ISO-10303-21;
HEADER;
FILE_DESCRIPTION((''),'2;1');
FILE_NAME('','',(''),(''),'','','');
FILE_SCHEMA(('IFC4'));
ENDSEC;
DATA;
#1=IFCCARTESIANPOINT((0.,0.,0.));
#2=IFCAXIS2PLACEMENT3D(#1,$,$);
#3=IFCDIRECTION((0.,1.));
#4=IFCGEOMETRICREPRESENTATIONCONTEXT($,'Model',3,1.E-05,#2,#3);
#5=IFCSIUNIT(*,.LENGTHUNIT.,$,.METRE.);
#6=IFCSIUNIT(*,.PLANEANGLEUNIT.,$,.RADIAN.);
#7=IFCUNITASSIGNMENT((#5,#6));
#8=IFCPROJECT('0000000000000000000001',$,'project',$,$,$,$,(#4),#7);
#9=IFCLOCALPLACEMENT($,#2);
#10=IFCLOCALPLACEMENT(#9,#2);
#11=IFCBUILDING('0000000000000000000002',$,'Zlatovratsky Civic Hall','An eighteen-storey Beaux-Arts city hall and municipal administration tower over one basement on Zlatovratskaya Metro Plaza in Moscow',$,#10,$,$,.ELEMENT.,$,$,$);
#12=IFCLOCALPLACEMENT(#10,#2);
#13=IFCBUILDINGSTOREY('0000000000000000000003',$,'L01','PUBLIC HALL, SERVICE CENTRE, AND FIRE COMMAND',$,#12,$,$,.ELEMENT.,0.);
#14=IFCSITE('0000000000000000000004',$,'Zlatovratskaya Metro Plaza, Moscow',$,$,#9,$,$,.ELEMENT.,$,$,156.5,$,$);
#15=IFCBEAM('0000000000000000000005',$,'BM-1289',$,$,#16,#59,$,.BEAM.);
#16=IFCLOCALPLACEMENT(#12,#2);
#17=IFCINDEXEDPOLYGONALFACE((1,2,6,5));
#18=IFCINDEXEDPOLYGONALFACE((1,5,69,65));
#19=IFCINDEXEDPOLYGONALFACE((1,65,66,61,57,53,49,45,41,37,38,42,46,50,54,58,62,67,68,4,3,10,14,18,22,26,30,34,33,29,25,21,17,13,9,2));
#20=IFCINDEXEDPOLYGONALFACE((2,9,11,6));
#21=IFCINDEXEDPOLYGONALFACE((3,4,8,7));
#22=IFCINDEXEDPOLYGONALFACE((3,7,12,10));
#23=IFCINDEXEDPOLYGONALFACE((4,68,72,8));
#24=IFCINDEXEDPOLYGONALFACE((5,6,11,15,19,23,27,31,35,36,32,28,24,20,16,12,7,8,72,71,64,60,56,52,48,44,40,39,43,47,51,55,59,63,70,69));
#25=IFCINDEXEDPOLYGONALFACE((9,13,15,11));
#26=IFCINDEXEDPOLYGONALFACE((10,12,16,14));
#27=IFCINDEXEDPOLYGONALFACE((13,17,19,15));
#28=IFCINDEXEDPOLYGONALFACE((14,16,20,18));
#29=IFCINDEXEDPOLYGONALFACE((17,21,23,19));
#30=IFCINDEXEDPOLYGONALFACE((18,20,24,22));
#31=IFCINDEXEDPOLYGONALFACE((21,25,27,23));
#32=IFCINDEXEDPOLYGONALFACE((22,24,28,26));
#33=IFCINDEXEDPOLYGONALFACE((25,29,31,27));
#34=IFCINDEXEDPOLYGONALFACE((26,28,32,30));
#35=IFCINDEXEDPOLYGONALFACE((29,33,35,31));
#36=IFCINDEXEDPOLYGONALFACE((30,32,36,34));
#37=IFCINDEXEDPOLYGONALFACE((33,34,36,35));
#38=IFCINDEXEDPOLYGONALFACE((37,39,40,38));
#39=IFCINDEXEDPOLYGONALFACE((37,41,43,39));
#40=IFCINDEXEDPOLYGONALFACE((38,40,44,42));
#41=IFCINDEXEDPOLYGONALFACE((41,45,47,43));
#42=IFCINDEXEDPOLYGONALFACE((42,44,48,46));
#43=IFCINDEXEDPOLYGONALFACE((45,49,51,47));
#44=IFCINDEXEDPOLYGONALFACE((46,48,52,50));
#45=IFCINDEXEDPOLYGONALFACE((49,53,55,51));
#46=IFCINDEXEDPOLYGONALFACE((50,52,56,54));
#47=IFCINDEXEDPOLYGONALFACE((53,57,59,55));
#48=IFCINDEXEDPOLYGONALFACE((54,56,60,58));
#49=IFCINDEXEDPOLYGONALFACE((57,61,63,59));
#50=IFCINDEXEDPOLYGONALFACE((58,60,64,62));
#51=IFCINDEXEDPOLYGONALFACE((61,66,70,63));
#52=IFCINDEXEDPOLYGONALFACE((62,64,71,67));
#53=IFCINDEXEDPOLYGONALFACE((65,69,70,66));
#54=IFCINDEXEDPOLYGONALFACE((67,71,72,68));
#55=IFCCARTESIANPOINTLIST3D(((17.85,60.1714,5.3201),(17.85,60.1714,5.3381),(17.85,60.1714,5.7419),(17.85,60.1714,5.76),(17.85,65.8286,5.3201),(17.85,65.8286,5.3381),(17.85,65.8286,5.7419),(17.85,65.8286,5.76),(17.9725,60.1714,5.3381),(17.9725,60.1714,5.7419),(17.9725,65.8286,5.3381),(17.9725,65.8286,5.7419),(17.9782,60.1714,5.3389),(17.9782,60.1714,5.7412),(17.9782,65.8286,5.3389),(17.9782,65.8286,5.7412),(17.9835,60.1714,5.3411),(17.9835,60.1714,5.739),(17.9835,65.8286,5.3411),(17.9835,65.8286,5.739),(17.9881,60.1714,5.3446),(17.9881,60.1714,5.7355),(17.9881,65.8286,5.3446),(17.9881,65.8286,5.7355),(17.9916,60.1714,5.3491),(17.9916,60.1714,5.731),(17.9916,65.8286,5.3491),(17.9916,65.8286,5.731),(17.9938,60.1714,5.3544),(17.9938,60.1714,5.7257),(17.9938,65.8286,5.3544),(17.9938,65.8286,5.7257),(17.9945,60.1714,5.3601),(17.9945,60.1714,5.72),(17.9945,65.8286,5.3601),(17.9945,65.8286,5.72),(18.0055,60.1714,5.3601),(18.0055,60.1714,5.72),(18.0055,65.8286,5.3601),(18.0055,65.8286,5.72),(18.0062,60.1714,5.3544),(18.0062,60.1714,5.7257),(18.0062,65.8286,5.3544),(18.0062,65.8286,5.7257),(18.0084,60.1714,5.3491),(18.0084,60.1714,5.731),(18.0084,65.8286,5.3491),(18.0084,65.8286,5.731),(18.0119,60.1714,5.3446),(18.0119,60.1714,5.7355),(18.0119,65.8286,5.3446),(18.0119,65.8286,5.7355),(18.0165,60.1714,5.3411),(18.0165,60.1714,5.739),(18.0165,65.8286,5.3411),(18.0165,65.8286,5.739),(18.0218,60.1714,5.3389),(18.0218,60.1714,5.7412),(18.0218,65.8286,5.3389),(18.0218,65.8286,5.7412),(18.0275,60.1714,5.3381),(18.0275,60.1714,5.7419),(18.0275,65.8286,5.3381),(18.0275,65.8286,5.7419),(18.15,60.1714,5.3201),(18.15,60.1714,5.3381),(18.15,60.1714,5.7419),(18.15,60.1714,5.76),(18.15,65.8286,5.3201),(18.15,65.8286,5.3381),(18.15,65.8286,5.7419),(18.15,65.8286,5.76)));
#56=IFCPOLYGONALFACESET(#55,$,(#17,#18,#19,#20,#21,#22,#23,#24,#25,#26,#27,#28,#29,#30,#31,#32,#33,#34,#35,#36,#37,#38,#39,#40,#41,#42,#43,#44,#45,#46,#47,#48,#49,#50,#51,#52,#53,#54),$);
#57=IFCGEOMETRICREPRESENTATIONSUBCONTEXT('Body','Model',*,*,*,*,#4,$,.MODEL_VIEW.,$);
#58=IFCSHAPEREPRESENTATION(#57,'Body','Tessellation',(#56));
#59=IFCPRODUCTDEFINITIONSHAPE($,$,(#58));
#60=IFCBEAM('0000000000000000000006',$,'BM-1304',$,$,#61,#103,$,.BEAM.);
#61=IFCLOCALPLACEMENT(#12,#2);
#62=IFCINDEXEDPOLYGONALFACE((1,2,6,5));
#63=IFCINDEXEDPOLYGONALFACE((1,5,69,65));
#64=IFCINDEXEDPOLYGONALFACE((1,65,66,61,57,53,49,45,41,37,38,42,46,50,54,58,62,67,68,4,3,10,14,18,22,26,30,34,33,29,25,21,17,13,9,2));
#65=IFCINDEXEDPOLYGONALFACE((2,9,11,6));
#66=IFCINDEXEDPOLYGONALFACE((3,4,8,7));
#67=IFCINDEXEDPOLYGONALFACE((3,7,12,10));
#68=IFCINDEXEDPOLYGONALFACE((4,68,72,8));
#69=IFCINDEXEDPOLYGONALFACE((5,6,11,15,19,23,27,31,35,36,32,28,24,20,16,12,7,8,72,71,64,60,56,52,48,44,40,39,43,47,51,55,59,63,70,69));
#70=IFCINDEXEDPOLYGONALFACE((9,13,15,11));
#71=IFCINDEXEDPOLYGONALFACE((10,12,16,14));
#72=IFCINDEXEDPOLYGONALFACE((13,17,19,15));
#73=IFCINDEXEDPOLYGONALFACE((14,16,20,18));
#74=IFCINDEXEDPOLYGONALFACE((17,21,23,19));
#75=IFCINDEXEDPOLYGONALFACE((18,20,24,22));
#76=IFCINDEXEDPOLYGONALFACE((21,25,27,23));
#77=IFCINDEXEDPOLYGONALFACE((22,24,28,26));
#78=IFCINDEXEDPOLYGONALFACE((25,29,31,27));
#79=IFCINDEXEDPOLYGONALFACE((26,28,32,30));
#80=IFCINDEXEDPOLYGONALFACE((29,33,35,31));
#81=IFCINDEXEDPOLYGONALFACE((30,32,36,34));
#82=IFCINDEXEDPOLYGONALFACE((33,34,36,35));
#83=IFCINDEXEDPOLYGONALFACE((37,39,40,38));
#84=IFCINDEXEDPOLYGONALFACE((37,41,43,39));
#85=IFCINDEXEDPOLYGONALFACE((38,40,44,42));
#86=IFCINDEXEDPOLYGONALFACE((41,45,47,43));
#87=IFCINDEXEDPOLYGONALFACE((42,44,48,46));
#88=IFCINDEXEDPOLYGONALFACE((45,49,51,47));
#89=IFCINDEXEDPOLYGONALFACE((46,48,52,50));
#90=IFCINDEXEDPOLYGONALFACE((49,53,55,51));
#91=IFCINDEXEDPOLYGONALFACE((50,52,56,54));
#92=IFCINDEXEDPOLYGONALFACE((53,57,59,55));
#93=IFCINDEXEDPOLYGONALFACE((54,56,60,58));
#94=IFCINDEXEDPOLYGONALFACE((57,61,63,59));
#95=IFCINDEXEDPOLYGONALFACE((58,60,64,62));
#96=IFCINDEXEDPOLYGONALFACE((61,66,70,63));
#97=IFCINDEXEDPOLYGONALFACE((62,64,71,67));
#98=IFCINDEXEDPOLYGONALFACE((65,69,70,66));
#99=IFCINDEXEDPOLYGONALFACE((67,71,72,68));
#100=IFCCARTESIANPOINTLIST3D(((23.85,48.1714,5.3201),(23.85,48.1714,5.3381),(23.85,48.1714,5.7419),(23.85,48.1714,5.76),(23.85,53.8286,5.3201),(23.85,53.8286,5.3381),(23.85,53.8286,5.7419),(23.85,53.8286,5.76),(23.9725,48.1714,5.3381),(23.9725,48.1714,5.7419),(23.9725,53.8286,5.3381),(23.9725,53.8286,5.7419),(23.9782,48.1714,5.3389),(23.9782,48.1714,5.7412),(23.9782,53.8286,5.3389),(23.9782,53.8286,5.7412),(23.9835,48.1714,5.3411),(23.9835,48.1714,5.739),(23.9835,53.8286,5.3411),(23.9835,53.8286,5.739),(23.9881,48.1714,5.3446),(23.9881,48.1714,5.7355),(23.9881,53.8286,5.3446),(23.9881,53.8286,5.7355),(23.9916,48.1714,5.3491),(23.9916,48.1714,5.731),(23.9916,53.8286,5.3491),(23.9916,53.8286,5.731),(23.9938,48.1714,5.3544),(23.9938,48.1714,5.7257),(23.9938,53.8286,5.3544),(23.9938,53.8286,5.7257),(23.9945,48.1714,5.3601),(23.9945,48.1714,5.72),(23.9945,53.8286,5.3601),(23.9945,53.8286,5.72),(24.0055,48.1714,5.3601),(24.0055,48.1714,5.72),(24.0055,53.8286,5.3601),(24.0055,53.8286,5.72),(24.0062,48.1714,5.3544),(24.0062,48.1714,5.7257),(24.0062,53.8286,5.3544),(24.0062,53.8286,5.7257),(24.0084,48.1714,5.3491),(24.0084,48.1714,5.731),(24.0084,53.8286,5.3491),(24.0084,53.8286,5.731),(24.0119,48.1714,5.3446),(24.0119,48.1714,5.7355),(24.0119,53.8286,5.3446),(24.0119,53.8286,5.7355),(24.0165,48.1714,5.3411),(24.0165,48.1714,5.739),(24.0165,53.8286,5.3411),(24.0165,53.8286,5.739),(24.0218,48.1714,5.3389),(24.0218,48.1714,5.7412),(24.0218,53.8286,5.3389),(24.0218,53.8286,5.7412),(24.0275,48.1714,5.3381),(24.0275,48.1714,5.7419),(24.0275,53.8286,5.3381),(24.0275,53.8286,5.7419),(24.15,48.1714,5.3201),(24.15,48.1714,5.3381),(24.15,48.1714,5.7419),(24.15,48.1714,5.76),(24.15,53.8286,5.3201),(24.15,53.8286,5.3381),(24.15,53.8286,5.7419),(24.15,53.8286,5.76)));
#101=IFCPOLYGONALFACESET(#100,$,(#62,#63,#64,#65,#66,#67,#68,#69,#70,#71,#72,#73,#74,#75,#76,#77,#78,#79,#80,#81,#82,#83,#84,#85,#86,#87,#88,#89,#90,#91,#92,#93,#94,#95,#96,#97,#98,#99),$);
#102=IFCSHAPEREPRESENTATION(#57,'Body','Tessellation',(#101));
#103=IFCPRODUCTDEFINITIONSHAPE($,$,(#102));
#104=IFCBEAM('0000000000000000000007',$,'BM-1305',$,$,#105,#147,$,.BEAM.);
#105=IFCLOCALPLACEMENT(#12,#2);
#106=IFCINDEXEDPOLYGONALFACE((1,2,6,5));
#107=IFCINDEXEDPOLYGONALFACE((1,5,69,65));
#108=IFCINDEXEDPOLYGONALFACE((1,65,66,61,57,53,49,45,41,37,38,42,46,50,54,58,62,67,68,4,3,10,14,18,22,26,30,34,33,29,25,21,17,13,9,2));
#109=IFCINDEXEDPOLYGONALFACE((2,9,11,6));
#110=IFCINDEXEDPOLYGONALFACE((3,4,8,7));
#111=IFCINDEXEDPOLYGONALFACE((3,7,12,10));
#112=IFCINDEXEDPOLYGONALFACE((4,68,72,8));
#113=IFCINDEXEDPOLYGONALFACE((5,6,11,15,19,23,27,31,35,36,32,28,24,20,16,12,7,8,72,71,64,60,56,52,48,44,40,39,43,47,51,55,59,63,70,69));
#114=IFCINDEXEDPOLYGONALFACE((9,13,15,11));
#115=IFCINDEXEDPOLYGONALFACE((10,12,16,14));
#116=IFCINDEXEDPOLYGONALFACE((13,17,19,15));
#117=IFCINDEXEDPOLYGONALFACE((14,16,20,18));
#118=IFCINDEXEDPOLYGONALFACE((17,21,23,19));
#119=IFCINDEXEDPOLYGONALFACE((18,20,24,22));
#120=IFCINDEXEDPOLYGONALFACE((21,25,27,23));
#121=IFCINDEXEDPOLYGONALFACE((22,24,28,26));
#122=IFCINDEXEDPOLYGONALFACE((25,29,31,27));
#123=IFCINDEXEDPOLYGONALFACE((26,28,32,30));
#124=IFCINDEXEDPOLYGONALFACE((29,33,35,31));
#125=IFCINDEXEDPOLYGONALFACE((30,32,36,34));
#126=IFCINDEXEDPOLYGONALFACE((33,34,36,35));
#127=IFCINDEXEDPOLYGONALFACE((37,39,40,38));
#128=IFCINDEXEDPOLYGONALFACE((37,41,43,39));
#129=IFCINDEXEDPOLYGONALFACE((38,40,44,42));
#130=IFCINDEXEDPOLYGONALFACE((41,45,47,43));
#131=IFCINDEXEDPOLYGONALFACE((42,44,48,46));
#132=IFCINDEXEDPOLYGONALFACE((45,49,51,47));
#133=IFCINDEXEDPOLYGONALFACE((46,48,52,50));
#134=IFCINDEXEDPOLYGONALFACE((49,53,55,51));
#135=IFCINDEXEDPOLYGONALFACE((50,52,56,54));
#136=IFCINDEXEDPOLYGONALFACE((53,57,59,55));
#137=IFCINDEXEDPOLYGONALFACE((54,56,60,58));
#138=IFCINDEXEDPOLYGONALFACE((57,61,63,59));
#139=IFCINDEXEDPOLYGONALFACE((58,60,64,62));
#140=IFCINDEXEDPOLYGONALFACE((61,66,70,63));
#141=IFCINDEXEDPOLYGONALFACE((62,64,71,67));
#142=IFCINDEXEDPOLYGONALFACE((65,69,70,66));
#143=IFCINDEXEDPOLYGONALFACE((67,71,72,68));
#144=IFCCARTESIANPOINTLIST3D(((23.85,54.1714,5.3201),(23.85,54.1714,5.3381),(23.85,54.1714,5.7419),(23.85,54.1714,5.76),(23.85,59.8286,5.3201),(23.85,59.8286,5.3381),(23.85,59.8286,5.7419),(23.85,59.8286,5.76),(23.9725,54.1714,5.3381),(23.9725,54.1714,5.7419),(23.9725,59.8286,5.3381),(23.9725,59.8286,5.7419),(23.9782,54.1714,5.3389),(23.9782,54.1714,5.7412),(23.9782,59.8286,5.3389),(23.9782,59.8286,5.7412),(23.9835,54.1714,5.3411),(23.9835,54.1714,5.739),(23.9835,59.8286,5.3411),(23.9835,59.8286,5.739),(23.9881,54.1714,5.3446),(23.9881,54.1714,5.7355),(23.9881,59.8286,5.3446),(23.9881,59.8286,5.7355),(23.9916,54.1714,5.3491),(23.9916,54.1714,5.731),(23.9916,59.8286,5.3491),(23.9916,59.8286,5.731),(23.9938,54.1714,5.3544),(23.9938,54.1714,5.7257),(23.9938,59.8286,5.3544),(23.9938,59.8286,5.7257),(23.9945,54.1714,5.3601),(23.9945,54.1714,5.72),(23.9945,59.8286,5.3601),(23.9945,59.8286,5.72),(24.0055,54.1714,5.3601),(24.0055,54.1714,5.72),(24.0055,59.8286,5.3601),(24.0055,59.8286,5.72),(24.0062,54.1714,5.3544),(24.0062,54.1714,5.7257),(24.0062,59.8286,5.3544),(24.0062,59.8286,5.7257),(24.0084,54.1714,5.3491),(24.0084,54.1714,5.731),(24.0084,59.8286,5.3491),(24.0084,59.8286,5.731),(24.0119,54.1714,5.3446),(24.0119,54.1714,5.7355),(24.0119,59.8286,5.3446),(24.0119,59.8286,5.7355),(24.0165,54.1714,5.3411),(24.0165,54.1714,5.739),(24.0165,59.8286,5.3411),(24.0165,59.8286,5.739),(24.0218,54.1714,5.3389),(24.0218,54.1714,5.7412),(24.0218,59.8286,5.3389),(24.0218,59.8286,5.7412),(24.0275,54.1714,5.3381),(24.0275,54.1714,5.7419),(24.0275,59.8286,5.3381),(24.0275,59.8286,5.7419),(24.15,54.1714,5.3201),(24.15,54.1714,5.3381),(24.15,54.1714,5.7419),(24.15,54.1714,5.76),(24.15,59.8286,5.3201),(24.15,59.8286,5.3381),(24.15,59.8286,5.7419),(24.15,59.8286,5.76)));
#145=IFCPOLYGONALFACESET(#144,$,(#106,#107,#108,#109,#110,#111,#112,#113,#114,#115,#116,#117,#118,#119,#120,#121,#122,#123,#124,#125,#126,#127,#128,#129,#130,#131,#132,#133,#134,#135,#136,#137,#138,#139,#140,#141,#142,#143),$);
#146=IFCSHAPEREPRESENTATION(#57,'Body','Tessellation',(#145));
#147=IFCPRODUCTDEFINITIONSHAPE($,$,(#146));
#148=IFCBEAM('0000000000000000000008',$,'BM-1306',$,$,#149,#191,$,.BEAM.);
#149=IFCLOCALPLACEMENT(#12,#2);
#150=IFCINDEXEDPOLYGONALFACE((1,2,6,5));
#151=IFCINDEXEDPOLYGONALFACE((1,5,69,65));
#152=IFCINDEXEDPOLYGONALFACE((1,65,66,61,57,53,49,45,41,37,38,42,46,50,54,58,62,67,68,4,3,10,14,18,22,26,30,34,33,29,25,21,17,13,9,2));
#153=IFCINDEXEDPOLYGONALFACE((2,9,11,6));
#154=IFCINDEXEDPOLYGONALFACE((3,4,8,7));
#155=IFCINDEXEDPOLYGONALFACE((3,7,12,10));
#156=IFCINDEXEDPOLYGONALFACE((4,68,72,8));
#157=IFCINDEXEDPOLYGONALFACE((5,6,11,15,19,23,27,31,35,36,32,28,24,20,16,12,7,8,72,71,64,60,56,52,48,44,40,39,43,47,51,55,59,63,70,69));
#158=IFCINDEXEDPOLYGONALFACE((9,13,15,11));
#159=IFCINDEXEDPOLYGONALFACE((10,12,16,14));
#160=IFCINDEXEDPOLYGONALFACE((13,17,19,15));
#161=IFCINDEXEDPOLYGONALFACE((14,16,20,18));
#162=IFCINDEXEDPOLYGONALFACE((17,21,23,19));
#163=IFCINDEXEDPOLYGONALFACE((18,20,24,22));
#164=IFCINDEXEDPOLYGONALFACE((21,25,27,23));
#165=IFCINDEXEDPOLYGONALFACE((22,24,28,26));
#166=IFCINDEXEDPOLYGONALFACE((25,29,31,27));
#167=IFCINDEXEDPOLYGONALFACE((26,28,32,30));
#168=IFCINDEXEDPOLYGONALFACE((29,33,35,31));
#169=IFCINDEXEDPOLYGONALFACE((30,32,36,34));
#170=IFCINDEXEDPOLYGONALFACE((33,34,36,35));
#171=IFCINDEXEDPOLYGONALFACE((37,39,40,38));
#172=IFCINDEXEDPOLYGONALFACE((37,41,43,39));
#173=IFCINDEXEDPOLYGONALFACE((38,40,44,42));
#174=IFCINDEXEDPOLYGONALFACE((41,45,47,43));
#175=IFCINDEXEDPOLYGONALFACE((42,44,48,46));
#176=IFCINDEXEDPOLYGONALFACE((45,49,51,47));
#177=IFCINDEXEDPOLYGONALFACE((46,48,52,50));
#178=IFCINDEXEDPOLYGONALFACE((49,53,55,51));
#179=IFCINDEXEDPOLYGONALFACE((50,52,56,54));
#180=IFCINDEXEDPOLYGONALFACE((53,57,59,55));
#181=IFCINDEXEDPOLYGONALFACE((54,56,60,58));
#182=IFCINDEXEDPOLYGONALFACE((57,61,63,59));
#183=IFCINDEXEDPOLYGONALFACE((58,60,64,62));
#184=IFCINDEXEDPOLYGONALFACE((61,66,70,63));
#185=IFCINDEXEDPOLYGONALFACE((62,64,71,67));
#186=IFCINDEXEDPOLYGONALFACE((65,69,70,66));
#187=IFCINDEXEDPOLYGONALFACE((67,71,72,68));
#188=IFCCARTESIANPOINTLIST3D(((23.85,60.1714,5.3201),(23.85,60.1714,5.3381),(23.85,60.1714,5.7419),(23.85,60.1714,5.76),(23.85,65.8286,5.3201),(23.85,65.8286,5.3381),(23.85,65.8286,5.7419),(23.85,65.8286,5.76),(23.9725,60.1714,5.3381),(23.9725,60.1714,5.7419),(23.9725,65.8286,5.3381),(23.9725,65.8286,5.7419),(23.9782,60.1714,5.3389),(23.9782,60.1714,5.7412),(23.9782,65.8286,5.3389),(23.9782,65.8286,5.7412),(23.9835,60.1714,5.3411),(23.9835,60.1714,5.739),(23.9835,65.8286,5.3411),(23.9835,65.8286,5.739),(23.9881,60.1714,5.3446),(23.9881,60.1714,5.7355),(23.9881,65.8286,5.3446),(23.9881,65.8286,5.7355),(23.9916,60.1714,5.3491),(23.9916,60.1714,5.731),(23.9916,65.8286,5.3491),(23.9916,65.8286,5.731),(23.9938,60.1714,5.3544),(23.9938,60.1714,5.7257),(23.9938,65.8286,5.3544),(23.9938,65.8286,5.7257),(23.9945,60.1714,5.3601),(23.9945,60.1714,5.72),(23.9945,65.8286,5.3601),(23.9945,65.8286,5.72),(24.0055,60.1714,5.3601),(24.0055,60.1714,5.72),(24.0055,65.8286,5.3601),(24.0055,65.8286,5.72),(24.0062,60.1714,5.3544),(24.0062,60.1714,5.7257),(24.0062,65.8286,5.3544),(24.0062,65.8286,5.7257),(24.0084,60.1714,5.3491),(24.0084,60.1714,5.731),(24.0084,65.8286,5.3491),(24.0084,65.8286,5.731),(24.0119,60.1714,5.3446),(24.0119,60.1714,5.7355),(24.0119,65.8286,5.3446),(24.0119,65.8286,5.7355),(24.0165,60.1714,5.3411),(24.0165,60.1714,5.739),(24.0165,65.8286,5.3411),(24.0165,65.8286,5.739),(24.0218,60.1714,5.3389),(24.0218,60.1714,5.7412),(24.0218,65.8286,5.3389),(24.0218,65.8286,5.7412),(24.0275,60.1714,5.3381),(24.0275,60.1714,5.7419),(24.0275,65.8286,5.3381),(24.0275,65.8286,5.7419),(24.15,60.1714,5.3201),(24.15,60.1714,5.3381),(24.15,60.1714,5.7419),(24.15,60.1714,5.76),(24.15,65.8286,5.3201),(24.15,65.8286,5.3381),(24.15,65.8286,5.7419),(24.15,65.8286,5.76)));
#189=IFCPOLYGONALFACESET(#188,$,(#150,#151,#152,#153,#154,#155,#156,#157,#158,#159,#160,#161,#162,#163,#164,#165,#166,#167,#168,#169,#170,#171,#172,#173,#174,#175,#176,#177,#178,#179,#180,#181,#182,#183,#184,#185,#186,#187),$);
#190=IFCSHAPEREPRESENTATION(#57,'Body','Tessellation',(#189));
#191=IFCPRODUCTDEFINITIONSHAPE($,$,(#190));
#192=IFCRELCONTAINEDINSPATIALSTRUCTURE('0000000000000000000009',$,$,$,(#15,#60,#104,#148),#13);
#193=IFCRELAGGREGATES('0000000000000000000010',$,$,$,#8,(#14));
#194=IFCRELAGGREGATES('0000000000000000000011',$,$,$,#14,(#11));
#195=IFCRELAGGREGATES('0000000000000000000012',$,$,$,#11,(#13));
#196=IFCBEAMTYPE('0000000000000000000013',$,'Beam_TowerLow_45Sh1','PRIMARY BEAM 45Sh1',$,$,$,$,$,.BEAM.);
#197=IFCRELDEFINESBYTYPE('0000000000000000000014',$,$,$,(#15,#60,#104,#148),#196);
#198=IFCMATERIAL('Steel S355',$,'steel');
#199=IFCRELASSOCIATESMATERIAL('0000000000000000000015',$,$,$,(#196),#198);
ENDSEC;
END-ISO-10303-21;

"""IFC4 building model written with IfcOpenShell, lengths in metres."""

from ifc_helpers import new_model, si_unit, direction, frame, origin, origin_2d, place, context, subcontext, project, spatial, i_section, extrude, material, material_profile, profile_set, type_object, element, save


model = new_model("IFC4")

# Units and contexts
model_context = context("Model", 3, precision=1e-05, world=origin(), true_north=direction((0.0, 1.0)))
body_context = subcontext(model_context, "Body", "Model", "MODEL_VIEW")
ifc_project = project(units=[si_unit("LENGTHUNIT", "METRE"), si_unit("PLANEANGLEUNIT", "RADIAN")], contexts=[model_context])

# Site, building, storey
site_placement = place(None, origin())
site = spatial("IfcSite", under=ifc_project, at=site_placement, Name="Zlatovratskaya Metro Plaza, Moscow", CompositionType="ELEMENT", RefElevation=156.5)
building_placement = place(site_placement, origin())
building = spatial("IfcBuilding", under=site, at=building_placement, Name="Zlatovratsky Civic Hall", Description="An eighteen-storey Beaux-Arts city hall and municipal administration tower over one basement on Zlatovratskaya Metro Plaza in Moscow", CompositionType="ELEMENT")
storey_placement = place(building_placement, origin())
storey = spatial("IfcBuildingStorey", under=building, at=storey_placement, Name="L01", Description="PUBLIC HALL, SERVICE CENTRE, AND FIRE COMMAND", CompositionType="ELEMENT", Elevation=0.0)

# Shared definitions
ifc_material = material(Name="Steel S355", Category="steel")

# Beams
ifc_material_profile_1 = material_profile(ifc_material, i_section(OverallWidth=0.3, OverallDepth=0.4399, WebThickness=0.011, FlangeThickness=0.0181, FilletRadius=0.022, at=origin_2d()), Name="45Sh1")
ifc_profile_set_1 = profile_set([ifc_material_profile_1], Name="Steel S355")
beam_type_1 = type_object("IfcBeamType", Name="Beam_TowerLow_45Sh1", Description="PRIMARY BEAM 45Sh1", PredefinedType="BEAM", material=ifc_profile_set_1)
for number, where, z_axis, x_axis, name in (
    (1, (18.0, 60.1714, 5.54), (0.0, 1.0, 0.0), (-1.0, 0.0, 0.0), "BM-1289"),
    (2, (24.0, 48.1714, 5.54), (0.0, 1.0, 0.0), (-1.0, 0.0, 0.0), "BM-1304"),
    (3, (24.0, 54.1714, 5.54), (0.0, 1.0, 0.0), (-1.0, 0.0, 0.0), "BM-1305"),
    (4, (24.0, 60.1714, 5.54), (0.0, 1.0, 0.0), (-1.0, 0.0, 0.0), "BM-1306"),
):
    element("IfcBeam", number, at=place(storey_placement, frame(where, z_axis=z_axis, x_axis=x_axis)), inside=storey, type_object=beam_type_1, Name=name, PredefinedType="BEAM", context=body_context, shape_type="SweptSolid", body=[
        extrude(i_section(OverallWidth=0.3, OverallDepth=0.4399, WebThickness=0.011, FlangeThickness=0.0181, FilletRadius=0.022, at=origin_2d()), origin(), (0.0, 0.0, 1.0), 5.6572),
    ])

save(model, "model.ifc")
